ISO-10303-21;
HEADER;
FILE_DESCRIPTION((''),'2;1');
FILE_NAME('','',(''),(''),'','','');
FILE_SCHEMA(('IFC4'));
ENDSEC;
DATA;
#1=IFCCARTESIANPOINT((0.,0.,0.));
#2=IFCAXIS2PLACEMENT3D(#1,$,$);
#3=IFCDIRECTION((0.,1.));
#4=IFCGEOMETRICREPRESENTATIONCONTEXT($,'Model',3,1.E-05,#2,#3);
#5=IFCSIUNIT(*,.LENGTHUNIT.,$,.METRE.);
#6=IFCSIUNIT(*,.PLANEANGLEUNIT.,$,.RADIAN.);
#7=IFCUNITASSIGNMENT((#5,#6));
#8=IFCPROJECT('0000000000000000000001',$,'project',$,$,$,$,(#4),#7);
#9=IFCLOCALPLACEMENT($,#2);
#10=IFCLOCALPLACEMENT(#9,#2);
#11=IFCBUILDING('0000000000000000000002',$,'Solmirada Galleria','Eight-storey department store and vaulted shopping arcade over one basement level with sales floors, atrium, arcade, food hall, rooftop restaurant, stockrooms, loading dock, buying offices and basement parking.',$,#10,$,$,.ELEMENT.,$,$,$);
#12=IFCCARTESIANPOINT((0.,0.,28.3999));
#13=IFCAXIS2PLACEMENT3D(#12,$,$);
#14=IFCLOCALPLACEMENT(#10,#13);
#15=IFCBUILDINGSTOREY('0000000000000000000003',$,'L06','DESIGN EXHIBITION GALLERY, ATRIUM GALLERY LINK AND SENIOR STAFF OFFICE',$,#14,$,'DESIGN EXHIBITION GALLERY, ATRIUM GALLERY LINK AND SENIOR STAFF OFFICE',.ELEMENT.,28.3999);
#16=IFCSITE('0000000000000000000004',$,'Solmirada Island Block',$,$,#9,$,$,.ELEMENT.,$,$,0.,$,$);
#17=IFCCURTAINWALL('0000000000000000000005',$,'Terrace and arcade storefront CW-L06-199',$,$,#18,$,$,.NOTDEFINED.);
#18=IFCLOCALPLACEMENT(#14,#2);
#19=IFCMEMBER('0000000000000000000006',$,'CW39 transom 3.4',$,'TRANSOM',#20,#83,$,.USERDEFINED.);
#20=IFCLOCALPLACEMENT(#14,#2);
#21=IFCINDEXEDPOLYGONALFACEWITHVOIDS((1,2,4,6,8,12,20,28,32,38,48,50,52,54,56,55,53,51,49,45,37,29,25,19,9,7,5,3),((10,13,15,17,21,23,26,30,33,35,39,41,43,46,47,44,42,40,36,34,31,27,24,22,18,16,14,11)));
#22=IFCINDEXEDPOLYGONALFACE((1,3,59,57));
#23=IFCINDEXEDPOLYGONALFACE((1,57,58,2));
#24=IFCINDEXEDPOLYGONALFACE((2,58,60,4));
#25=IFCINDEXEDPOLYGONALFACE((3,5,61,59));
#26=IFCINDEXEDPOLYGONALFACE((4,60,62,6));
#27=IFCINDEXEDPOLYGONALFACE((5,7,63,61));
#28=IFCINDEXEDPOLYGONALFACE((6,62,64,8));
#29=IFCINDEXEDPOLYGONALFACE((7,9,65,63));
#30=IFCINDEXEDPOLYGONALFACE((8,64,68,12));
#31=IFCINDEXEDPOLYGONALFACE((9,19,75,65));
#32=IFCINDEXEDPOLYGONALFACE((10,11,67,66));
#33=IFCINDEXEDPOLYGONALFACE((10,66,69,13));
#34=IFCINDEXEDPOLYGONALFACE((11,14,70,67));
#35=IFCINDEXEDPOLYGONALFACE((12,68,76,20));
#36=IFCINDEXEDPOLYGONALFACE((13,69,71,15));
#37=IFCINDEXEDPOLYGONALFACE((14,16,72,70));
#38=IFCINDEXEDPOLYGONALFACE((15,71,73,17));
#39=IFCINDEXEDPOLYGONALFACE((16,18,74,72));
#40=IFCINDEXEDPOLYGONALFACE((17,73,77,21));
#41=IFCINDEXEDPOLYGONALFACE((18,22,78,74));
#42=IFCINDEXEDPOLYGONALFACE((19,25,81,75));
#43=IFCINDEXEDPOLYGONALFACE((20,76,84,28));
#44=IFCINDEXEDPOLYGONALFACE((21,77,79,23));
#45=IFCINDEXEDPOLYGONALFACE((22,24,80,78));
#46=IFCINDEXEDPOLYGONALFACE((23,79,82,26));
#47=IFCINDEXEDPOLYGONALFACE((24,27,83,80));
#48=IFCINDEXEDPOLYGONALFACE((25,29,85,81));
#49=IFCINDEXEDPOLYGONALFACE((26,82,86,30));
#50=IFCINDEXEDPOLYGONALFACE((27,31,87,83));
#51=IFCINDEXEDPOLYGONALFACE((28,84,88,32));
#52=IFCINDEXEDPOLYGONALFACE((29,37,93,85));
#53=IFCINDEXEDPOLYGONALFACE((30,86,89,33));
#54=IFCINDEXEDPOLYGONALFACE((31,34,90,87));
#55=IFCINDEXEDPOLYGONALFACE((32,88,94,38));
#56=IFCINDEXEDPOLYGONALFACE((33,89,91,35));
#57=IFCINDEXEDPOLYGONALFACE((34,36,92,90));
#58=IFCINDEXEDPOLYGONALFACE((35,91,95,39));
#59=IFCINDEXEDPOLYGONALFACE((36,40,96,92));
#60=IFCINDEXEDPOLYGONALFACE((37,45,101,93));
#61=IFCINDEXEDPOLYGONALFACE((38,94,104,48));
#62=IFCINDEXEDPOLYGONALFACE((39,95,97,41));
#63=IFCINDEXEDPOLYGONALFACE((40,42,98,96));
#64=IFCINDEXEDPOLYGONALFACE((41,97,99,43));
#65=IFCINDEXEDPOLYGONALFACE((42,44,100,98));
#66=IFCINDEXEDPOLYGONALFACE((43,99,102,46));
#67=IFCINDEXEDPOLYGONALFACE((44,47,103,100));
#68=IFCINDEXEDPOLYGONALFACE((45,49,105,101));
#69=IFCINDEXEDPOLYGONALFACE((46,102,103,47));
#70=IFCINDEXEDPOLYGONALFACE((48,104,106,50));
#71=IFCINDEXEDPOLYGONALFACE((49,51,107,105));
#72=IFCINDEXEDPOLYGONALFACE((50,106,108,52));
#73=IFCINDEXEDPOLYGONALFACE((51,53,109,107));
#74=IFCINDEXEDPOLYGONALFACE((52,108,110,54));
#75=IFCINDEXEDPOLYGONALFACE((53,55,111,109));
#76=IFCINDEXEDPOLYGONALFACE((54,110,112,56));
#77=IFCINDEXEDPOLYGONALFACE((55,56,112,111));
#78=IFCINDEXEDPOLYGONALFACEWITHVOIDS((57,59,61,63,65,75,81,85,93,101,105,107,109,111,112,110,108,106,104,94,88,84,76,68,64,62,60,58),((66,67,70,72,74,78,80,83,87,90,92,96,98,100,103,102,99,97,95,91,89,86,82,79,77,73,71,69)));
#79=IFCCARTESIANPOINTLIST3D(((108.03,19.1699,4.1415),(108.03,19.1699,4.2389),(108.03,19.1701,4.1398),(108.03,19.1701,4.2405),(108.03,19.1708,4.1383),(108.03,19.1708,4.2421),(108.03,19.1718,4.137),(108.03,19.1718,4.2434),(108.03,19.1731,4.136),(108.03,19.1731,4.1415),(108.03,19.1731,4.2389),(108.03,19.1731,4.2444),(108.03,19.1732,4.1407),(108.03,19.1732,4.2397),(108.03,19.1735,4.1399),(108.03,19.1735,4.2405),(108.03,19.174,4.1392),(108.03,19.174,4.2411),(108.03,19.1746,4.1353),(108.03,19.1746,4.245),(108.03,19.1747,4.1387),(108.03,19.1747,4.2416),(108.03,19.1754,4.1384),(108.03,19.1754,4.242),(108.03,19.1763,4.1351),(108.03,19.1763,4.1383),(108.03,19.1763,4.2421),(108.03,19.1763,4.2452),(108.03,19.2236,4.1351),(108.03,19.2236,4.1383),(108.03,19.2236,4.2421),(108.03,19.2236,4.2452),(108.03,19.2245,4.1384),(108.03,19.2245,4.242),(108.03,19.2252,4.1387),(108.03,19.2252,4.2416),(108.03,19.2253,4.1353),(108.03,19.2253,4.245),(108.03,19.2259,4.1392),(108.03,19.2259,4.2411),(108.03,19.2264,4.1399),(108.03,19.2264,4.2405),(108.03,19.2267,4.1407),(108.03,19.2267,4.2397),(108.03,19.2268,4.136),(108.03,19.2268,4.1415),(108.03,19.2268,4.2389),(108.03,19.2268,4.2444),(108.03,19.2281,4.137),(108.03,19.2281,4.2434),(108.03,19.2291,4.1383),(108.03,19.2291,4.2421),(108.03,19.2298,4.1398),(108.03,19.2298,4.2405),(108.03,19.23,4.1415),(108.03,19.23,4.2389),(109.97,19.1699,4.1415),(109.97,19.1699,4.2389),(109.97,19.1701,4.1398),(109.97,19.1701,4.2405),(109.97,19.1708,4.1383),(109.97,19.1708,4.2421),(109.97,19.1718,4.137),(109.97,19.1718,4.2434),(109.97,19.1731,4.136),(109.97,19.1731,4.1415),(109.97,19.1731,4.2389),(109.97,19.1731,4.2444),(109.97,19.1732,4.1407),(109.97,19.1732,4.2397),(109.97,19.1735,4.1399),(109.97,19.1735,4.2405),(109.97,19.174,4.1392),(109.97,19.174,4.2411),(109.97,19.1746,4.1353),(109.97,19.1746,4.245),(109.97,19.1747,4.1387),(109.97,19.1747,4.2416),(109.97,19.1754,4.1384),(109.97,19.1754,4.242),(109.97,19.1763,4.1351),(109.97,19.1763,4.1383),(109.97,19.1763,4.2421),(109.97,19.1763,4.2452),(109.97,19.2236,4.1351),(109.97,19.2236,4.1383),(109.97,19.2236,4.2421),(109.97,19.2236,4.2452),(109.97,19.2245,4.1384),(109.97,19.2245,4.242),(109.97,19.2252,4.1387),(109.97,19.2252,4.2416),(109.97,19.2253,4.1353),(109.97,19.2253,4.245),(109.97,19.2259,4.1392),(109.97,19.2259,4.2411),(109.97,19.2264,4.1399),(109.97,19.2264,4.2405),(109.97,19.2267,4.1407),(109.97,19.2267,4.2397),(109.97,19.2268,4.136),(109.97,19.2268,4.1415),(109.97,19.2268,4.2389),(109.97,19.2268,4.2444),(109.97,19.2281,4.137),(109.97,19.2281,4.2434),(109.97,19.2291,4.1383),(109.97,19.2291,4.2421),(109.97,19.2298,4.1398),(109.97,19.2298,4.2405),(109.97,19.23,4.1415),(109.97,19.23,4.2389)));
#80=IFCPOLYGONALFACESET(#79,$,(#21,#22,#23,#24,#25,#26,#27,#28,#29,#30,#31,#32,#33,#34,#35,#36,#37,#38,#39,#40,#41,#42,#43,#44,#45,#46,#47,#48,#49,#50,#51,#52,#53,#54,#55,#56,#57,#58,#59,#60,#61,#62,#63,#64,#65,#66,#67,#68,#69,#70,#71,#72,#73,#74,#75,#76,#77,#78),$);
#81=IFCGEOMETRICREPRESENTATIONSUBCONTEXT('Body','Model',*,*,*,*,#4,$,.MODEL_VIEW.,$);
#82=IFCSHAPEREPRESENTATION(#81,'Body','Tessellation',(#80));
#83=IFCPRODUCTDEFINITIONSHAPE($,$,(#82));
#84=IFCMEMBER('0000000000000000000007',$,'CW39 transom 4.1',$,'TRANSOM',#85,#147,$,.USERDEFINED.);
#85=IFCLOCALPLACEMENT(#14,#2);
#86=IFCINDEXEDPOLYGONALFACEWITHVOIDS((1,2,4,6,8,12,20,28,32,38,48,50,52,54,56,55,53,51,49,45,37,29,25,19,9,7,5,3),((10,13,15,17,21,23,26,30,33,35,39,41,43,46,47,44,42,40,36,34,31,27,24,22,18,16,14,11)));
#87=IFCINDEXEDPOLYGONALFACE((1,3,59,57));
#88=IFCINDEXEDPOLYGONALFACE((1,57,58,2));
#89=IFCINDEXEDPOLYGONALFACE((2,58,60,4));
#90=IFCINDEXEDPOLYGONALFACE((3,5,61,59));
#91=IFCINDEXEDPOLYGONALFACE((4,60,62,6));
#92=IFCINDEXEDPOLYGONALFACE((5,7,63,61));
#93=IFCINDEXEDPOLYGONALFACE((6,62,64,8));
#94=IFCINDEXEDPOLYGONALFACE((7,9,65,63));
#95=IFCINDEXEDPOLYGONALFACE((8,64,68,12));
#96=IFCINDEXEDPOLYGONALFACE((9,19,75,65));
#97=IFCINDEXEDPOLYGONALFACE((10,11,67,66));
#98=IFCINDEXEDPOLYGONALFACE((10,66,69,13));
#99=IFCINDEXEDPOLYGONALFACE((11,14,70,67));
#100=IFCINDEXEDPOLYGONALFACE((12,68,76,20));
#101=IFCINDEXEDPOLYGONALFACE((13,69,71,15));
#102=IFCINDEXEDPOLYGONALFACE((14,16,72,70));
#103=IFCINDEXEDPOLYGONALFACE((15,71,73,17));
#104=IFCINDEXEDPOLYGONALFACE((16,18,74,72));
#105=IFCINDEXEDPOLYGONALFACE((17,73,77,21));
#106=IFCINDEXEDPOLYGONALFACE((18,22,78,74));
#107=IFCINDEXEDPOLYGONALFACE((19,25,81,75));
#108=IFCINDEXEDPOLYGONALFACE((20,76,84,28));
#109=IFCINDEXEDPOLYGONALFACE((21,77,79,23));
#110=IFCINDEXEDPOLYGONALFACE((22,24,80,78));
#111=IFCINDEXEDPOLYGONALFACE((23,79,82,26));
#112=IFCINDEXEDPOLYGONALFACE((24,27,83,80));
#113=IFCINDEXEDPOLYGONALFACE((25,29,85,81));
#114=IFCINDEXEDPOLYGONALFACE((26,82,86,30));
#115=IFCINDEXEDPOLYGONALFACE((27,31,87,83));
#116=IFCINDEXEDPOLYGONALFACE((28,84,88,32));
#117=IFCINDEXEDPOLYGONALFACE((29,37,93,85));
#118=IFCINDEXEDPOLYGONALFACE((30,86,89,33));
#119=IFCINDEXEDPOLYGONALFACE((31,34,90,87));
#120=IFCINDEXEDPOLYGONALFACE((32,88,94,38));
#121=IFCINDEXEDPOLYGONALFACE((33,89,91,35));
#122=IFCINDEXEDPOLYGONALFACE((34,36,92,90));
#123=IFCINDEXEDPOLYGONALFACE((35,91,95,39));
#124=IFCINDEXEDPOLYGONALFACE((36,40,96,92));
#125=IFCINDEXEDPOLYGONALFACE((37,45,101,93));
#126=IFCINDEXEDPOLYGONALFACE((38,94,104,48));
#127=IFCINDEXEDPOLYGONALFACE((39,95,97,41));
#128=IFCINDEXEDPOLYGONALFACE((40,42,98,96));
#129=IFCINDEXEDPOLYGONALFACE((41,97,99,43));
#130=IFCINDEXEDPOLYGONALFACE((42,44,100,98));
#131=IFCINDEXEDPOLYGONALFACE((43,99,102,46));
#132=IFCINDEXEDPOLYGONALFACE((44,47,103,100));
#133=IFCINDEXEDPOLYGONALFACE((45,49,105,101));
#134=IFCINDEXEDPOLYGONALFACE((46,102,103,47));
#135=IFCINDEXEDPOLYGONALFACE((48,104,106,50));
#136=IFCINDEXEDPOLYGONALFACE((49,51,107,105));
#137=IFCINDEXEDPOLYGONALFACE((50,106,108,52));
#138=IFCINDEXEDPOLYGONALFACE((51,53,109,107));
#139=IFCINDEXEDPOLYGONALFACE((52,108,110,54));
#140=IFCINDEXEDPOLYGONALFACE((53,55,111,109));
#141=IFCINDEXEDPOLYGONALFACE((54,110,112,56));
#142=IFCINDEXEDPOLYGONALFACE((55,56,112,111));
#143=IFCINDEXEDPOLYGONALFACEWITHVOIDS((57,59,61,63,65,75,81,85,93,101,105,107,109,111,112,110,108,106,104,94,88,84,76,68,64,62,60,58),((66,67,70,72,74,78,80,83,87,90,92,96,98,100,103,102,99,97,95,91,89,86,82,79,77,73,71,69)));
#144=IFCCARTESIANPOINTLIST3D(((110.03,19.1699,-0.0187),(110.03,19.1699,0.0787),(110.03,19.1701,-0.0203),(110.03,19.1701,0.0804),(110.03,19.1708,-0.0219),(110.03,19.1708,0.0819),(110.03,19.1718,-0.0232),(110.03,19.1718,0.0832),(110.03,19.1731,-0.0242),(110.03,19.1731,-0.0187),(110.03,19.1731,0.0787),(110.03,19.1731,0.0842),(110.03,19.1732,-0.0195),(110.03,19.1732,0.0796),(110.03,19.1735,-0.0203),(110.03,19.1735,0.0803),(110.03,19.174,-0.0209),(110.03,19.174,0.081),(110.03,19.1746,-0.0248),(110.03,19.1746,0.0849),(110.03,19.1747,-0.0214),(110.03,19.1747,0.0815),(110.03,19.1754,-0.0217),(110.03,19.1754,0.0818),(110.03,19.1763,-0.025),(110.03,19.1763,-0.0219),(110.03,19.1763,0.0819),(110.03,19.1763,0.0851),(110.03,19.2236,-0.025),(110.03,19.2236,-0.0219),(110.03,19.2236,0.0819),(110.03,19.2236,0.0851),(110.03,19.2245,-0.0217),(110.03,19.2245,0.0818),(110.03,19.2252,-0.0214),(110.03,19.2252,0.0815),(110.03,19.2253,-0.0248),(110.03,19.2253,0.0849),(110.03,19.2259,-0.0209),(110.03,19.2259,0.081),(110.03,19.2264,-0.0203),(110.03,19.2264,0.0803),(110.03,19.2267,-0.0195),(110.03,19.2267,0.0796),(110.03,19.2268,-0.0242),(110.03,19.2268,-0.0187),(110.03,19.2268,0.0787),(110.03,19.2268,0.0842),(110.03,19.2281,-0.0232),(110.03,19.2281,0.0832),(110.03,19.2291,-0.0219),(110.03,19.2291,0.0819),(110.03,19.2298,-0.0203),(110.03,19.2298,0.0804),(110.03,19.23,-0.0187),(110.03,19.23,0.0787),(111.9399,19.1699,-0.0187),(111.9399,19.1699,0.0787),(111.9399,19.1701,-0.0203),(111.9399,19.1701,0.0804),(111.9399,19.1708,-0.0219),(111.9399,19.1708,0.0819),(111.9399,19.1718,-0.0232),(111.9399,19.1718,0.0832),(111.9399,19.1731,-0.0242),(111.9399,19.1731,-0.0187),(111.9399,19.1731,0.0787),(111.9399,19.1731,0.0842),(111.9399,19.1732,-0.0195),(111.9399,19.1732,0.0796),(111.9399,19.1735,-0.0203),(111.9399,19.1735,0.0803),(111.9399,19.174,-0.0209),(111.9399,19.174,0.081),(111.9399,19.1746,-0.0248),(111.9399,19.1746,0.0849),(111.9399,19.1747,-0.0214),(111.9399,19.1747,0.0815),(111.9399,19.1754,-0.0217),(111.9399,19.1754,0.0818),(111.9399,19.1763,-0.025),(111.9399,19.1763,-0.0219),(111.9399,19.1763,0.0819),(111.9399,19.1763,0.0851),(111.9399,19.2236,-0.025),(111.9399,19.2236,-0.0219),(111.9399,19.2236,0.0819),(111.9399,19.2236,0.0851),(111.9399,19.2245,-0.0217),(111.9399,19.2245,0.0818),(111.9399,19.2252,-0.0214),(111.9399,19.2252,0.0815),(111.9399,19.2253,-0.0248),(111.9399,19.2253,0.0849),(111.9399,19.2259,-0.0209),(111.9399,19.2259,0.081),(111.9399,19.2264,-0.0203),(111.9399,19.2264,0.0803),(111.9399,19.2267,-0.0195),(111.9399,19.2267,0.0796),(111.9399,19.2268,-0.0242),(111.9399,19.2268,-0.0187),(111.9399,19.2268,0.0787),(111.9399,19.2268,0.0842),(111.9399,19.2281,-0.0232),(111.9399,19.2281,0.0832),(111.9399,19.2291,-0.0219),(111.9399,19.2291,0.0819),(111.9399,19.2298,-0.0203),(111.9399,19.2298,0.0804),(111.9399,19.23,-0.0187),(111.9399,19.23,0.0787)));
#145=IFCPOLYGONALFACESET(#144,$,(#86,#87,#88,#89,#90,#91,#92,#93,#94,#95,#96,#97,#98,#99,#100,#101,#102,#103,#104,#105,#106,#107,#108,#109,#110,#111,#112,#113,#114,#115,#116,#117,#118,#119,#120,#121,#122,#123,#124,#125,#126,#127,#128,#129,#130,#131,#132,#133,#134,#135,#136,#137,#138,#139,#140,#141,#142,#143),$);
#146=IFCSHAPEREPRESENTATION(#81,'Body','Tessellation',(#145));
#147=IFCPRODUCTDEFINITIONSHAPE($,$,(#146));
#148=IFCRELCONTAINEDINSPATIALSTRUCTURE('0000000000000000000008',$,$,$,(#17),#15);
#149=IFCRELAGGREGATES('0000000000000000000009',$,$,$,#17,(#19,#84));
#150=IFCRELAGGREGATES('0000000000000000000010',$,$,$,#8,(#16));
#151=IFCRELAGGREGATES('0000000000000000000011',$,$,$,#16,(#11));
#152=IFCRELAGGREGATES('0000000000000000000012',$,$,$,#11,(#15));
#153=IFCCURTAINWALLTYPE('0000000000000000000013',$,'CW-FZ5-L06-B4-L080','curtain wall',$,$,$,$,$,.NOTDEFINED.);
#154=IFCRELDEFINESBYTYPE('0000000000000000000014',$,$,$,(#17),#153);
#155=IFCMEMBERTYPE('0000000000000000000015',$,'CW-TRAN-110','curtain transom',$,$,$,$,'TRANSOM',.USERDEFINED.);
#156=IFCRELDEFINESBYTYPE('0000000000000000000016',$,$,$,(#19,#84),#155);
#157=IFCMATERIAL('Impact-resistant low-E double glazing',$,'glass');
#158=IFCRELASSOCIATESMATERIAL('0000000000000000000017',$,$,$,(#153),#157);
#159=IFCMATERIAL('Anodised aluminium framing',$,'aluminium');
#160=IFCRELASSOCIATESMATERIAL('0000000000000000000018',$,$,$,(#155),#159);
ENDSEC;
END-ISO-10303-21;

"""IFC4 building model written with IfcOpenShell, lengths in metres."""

from ifc_helpers import new_model, si_unit, direction, frame, origin, origin_2d, place, context, subcontext, project, spatial, hollow_rectangle, extrude, material, material_profile, profile_set, type_object, element, aggregate, save


model = new_model("IFC4")

# Units and contexts
model_context = context("Model", 3, precision=1e-05, world=origin(), true_north=direction((0.0, 1.0)))
body_context = subcontext(model_context, "Body", "Model", "MODEL_VIEW")
ifc_project = project(units=[si_unit("LENGTHUNIT", "METRE"), si_unit("PLANEANGLEUNIT", "RADIAN")], contexts=[model_context])

# Site, building, storey
site_placement = place(None, origin())
site = spatial("IfcSite", under=ifc_project, at=site_placement, Name="Solmirada Island Block", CompositionType="ELEMENT", RefElevation=0.0)
building_placement = place(site_placement, origin())
building = spatial("IfcBuilding", under=site, at=building_placement, Name="Solmirada Galleria", Description="Eight-storey department store and vaulted shopping arcade over one basement level with sales floors, atrium, arcade, food hall, rooftop restaurant, stockrooms, loading dock, buying offices and basement parking.", CompositionType="ELEMENT")
storey_placement = place(building_placement, frame((0.0, 0.0, 28.3999)))
storey = spatial("IfcBuildingStorey", under=building, at=storey_placement, Name="L06", Description="DESIGN EXHIBITION GALLERY, ATRIUM GALLERY LINK AND SENIOR STAFF OFFICE", LongName="DESIGN EXHIBITION GALLERY, ATRIUM GALLERY LINK AND SENIOR STAFF OFFICE", CompositionType="ELEMENT", Elevation=28.3999)

# Curtain wall, members
ifc_material_1 = material(Name="Impact-resistant low-E double glazing", Category="glass")
curtain_wall_type = type_object("IfcCurtainWallType", Name="CW-FZ5-L06-B4-L080", Description="curtain wall", PredefinedType="NOTDEFINED", material=ifc_material_1)
curtain_wall_placement = place(storey_placement, origin())
curtain_wall = element("IfcCurtainWall", 1, at=curtain_wall_placement, inside=storey, type_object=curtain_wall_type, Name="Terrace and arcade storefront CW-L06-199", PredefinedType="NOTDEFINED")
ifc_material_2 = material(Name="Anodised aluminium framing", Category="aluminium")
ifc_material_profile_1 = material_profile(ifc_material_2, hollow_rectangle(XDim=0.0601, YDim=0.1101, WallThickness=0.0032, InnerFilletRadius=0.0032, OuterFilletRadius=0.0063, at=origin_2d()), Name="ALU-TRAN-110X60")
ifc_profile_set_1 = profile_set([ifc_material_profile_1], Name="Anodised aluminium framing")
member_type_1 = type_object("IfcMemberType", Name="CW-TRAN-110", Description="curtain transom", ElementType="TRANSOM", PredefinedType="USERDEFINED", material=ifc_profile_set_1)
member_1_placement = place(storey_placement, frame((108.03, 19.2, 4.1902), z_axis=(1.0, 0.0, 0.0), x_axis=(0.0, 1.0, 0.0)))
member_1 = element("IfcMember", 2, at=member_1_placement, type_object=member_type_1, Name="CW39 transom 3.4", ObjectType="TRANSOM", PredefinedType="USERDEFINED", context=body_context, shape_type="SweptSolid", body=[
    extrude(hollow_rectangle(XDim=0.0601, YDim=0.1101, WallThickness=0.0032, InnerFilletRadius=0.0032, OuterFilletRadius=0.0063, at=origin_2d()), origin(), (0.0, 0.0, 1.0), 1.9399),
])
member_2_placement = place(storey_placement, frame((110.03, 19.2, 0.03), z_axis=(1.0, 0.0, 0.0), x_axis=(0.0, 1.0, 0.0)))
member_2 = element("IfcMember", 3, at=member_2_placement, type_object=member_type_1, Name="CW39 transom 4.1", ObjectType="TRANSOM", PredefinedType="USERDEFINED", context=body_context, shape_type="SweptSolid", body=[
    extrude(hollow_rectangle(XDim=0.0601, YDim=0.1101, WallThickness=0.0032, InnerFilletRadius=0.0032, OuterFilletRadius=0.0063, at=origin_2d()), origin(), (0.0, 0.0, 1.0), 1.9099),
])

aggregate(curtain_wall, [member_1, member_2])

save(model, "model.ifc")
